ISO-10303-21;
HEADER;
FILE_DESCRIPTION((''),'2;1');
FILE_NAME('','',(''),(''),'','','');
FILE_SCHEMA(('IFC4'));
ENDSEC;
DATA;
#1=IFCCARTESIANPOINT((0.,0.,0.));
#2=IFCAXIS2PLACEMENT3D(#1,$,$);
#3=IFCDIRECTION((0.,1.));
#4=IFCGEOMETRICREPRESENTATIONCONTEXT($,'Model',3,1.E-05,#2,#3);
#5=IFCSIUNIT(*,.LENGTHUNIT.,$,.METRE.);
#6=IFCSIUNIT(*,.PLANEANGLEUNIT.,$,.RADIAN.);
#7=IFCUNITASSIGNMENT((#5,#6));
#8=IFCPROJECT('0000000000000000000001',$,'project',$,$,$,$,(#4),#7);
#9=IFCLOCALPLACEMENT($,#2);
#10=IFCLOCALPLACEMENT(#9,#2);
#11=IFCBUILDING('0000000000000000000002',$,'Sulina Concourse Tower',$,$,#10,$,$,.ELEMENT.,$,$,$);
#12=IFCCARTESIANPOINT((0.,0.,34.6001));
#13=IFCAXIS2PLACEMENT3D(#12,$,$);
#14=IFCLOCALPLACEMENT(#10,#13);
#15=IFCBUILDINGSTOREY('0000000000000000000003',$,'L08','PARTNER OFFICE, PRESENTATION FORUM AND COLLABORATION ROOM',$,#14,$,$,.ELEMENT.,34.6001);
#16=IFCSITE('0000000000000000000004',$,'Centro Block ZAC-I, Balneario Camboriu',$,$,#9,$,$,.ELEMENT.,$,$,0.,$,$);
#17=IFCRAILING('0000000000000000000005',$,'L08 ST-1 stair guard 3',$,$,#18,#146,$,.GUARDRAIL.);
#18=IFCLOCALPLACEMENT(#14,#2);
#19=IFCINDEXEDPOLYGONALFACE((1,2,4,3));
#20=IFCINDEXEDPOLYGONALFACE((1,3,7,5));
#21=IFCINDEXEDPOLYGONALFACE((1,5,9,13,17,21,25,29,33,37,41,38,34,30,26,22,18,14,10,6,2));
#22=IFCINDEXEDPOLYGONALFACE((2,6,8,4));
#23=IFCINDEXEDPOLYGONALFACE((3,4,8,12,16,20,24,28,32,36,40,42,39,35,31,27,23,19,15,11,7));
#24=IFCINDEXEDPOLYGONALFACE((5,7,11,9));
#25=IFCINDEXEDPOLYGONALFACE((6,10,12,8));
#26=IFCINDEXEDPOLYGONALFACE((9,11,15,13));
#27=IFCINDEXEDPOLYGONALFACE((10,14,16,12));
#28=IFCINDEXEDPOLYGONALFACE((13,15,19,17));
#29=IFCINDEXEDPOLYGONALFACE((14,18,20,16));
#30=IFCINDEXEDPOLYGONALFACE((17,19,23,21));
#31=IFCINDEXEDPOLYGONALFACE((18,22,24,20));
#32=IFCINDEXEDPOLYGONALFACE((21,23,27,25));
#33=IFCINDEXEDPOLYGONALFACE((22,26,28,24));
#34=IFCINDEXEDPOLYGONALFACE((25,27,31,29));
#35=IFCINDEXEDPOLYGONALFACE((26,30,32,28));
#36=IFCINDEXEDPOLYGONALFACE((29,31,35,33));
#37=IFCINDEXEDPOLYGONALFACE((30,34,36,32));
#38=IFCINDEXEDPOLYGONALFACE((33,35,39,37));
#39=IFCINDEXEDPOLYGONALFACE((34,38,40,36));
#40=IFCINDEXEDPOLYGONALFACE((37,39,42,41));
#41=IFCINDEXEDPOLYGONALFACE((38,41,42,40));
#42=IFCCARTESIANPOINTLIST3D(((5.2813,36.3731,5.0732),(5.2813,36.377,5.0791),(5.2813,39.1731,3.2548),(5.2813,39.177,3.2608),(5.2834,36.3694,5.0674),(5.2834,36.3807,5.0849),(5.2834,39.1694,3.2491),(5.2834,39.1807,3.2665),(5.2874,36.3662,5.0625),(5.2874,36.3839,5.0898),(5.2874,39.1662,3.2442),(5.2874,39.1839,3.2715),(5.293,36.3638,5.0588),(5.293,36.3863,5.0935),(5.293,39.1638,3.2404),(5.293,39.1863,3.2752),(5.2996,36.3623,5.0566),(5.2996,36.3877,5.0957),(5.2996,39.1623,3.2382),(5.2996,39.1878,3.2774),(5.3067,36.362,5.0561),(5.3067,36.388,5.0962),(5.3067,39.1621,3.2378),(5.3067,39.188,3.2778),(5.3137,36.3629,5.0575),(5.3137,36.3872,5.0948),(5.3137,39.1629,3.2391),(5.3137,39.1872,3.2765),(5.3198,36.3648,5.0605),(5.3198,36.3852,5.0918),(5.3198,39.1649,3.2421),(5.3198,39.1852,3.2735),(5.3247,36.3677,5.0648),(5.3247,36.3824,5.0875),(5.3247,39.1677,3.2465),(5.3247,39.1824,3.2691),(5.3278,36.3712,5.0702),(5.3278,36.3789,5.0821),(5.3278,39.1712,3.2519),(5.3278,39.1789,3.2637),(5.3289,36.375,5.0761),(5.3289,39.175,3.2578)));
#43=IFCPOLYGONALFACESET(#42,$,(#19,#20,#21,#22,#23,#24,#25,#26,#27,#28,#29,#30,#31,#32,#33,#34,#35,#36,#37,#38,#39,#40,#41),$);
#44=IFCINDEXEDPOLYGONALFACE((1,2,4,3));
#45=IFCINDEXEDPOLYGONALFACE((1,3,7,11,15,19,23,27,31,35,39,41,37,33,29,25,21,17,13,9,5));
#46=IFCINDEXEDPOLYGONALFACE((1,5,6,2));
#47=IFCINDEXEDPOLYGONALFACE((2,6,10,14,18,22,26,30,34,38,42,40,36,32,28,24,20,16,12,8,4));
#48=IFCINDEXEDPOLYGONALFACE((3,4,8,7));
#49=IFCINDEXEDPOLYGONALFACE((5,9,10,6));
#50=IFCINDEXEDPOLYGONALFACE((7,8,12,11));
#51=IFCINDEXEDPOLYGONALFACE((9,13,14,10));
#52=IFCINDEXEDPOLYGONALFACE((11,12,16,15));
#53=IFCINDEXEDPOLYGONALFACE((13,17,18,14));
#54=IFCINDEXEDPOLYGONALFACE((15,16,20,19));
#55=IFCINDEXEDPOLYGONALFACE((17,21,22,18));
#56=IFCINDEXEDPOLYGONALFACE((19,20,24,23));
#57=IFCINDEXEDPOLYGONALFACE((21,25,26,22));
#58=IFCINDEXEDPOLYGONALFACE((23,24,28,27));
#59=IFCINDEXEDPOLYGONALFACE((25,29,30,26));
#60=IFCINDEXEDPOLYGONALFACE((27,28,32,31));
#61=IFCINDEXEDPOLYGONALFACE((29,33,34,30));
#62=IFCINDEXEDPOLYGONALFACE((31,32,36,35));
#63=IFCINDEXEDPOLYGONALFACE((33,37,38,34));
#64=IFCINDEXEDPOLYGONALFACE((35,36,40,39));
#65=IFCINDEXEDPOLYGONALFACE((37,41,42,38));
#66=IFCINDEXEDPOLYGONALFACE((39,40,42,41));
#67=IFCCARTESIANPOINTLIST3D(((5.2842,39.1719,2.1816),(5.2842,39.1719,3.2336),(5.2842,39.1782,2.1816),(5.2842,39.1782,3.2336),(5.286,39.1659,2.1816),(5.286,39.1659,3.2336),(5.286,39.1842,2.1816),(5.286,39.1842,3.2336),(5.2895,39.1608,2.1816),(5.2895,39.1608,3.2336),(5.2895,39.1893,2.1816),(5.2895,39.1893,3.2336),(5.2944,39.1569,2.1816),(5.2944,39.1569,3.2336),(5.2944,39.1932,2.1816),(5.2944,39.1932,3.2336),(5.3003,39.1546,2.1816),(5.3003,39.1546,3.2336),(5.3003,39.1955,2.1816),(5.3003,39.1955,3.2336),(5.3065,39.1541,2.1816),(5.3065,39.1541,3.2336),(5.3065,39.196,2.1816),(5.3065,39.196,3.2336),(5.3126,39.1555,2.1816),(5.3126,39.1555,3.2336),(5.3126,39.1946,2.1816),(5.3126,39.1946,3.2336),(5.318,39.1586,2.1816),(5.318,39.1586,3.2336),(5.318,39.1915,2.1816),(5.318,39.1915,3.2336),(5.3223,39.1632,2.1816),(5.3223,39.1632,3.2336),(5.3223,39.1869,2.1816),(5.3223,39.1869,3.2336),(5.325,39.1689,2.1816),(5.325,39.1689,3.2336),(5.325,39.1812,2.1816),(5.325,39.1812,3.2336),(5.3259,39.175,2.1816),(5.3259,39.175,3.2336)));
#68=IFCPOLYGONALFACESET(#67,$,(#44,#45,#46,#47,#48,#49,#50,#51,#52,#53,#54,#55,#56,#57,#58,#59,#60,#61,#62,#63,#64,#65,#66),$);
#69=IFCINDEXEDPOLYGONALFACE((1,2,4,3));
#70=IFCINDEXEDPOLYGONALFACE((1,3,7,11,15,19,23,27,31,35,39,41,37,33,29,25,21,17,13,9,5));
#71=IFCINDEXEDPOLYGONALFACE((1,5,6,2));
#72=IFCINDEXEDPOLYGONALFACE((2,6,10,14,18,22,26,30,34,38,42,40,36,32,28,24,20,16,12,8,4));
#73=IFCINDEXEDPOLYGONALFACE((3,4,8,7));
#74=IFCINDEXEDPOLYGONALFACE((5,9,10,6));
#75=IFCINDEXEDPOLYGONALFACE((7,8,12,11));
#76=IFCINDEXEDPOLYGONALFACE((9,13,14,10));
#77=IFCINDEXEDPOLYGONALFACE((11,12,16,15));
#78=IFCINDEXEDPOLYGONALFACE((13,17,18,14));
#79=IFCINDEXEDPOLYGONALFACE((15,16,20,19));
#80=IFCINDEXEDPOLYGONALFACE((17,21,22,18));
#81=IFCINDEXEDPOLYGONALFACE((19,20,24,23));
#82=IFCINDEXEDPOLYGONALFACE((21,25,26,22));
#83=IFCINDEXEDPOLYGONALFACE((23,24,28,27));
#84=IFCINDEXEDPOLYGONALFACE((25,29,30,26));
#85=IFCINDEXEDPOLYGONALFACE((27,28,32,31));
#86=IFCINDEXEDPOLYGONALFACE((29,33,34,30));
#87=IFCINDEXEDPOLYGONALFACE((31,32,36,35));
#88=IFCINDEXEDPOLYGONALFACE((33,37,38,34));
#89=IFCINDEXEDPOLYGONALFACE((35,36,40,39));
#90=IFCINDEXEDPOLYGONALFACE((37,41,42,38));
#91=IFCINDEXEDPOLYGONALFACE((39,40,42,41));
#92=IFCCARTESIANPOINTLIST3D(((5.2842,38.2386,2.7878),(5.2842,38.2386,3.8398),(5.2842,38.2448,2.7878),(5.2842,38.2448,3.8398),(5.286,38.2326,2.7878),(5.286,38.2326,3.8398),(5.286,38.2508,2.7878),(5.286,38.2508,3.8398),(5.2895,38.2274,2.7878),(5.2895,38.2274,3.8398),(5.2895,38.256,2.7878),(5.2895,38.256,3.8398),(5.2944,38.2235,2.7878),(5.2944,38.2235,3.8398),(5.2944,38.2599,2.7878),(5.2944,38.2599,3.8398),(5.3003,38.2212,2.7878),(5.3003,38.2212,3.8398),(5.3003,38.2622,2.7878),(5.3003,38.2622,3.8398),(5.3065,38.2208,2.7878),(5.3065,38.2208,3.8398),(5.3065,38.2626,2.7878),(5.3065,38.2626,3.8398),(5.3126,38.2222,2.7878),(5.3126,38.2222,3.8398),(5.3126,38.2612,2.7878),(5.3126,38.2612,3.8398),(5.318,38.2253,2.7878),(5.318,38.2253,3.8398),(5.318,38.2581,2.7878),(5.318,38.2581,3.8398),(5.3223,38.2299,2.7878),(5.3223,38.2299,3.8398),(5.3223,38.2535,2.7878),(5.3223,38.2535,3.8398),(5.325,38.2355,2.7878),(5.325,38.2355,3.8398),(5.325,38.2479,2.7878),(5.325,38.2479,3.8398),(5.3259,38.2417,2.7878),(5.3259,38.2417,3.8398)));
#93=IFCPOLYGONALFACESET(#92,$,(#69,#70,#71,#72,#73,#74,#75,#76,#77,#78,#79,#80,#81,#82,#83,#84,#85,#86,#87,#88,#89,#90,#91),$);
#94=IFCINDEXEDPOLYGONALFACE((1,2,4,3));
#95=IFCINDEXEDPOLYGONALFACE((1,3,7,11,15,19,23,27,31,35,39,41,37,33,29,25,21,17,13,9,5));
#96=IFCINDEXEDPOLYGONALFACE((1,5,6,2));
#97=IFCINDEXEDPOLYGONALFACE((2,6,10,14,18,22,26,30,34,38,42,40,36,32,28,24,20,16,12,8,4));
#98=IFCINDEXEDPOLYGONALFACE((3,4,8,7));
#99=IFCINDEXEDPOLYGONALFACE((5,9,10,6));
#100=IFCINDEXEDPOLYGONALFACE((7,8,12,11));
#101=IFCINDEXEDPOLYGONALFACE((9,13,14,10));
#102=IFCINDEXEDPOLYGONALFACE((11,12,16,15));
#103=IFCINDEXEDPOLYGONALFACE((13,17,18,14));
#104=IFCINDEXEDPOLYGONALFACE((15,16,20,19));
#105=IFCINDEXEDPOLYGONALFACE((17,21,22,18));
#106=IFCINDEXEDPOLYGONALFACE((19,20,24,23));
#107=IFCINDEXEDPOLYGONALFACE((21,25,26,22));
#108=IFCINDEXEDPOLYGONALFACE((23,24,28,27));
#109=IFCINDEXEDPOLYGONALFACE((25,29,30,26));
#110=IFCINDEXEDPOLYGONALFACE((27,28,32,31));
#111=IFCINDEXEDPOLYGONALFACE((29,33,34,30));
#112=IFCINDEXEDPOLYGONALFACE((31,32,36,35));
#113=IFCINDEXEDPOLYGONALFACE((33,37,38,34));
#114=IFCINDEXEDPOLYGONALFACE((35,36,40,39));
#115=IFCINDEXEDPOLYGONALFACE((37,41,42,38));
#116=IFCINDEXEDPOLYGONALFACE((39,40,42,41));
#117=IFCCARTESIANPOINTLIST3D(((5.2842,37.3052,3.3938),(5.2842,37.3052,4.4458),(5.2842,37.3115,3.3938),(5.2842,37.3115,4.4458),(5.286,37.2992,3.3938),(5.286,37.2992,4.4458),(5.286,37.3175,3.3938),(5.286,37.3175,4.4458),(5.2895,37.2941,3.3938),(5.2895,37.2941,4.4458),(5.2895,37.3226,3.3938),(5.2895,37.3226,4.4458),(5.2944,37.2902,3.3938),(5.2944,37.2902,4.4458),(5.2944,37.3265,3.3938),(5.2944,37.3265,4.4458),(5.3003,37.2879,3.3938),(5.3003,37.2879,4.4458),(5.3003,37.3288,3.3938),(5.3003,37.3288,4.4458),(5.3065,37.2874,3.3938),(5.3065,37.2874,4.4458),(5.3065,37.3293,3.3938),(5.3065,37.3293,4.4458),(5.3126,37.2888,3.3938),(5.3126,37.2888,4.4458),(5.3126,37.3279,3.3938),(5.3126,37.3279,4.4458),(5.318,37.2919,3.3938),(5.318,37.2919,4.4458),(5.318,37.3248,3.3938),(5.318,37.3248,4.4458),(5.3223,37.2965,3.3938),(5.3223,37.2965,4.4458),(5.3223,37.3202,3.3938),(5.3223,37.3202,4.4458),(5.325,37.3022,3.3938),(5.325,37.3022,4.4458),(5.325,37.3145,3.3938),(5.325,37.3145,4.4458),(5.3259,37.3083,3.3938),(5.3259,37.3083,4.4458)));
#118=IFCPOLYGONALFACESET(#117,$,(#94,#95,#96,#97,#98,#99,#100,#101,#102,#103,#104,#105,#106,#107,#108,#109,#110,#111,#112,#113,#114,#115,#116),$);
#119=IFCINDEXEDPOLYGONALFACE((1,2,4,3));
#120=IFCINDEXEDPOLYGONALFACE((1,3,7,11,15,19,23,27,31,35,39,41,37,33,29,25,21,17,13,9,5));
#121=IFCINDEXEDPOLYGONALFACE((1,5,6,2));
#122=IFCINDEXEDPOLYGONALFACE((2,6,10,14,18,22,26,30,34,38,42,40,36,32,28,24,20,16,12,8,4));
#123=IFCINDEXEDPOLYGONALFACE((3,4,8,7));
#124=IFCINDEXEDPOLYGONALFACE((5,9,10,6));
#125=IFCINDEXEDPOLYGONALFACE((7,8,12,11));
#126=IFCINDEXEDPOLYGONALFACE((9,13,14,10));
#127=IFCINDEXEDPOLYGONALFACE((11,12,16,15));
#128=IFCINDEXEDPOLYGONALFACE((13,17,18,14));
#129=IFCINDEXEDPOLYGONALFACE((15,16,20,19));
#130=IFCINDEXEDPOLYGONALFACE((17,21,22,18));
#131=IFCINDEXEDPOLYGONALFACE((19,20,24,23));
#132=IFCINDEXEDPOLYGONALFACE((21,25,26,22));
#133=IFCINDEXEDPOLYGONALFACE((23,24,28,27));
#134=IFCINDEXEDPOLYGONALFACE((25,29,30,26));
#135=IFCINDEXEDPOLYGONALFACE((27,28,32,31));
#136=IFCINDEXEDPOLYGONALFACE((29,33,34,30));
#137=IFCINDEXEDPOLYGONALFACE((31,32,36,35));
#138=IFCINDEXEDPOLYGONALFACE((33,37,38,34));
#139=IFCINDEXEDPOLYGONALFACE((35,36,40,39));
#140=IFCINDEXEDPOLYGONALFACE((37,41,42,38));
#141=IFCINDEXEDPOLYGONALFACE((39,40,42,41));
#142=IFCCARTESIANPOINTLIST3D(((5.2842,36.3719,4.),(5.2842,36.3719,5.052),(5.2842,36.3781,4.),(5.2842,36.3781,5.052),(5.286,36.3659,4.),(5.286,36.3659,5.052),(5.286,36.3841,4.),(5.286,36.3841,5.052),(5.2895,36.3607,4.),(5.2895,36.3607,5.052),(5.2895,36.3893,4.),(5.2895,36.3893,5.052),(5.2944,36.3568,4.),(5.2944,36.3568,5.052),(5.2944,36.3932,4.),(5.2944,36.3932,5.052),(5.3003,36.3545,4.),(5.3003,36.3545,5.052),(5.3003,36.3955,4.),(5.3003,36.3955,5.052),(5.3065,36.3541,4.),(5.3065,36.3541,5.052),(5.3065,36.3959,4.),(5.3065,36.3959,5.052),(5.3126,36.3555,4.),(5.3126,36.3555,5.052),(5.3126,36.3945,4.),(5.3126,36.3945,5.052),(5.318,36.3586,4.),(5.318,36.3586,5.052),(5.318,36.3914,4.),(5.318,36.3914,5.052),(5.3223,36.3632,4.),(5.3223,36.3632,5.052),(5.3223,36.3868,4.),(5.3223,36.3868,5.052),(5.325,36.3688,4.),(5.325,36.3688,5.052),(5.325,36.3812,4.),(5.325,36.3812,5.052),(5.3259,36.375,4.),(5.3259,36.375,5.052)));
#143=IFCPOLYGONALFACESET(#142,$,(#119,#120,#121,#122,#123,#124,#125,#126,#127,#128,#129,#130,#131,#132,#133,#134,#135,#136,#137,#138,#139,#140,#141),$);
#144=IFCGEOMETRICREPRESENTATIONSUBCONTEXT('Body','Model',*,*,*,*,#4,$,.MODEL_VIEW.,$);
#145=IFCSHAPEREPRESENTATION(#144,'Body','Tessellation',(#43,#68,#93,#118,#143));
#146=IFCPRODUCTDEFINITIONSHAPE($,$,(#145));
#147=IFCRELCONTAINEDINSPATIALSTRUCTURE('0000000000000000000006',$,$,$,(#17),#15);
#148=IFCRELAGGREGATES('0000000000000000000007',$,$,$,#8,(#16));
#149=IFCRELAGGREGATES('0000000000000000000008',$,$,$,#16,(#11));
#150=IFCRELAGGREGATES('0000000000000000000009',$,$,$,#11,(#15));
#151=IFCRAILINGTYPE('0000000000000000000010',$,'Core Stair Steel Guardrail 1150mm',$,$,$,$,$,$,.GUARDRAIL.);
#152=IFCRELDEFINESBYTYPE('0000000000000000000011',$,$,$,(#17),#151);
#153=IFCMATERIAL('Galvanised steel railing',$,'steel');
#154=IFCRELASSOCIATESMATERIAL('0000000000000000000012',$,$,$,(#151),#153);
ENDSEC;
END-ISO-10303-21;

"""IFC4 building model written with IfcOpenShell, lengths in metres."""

from ifc_helpers import new_model, si_unit, direction, frame, origin, origin_2d, place, context, subcontext, project, spatial, circle, extrude, material, type_object, element, save


model = new_model("IFC4")

# Units and contexts
model_context = context("Model", 3, precision=1e-05, world=origin(), true_north=direction((0.0, 1.0)))
body_context = subcontext(model_context, "Body", "Model", "MODEL_VIEW")
ifc_project = project(units=[si_unit("LENGTHUNIT", "METRE"), si_unit("PLANEANGLEUNIT", "RADIAN")], contexts=[model_context])

# Site, building, storey
site_placement = place(None, origin())
site = spatial("IfcSite", under=ifc_project, at=site_placement, Name="Centro Block ZAC-I, Balneario Camboriu", CompositionType="ELEMENT", RefElevation=0.0)
building_placement = place(site_placement, origin())
building = spatial("IfcBuilding", under=site, at=building_placement, Name="Sulina Concourse Tower", CompositionType="ELEMENT")
storey_placement = place(building_placement, frame((0.0, 0.0, 34.6001)))
storey = spatial("IfcBuildingStorey", under=building, at=storey_placement, Name="L08", Description="PARTNER OFFICE, PRESENTATION FORUM AND COLLABORATION ROOM", CompositionType="ELEMENT", Elevation=34.6001)

# Railing
ifc_material_1 = material(Name="Galvanised steel railing", Category="steel")
railing_type_1 = type_object("IfcRailingType", Name="Core Stair Steel Guardrail 1150mm", PredefinedType="GUARDRAIL", material=ifc_material_1)
railing_1_placement = place(storey_placement, frame((5.3049, 39.175, 2.1816)))
element("IfcRailing", 1, at=railing_1_placement, inside=storey, type_object=railing_type_1, Name="L08 ST-1 stair guard 3", PredefinedType="GUARDRAIL", context=body_context, shape_type="SweptSolid", body=[
    extrude(circle(Radius=0.0239, at=origin_2d()), frame((0.0, 0.0, 1.0762), z_axis=(0.0, -0.838672, 0.544636), x_axis=(1.0, 0.0, 0.0)), (0.0, 0.0, 1.0), 3.3386),
    extrude(circle(Radius=0.021, at=origin_2d()), origin(), (0.0, 0.0, 1.0), 1.052),
    extrude(circle(Radius=0.021, at=origin_2d()), frame((0.0, -0.9333, 0.6062)), (0.0, 0.0, 1.0), 1.052),
    extrude(circle(Radius=0.021, at=origin_2d()), frame((0.0, -1.8667, 1.2122)), (0.0, 0.0, 1.0), 1.052),
    extrude(circle(Radius=0.021, at=origin_2d()), frame((0.0, -2.8, 1.8184)), (0.0, 0.0, 1.0), 1.052),
])

save(model, "model.ifc")
